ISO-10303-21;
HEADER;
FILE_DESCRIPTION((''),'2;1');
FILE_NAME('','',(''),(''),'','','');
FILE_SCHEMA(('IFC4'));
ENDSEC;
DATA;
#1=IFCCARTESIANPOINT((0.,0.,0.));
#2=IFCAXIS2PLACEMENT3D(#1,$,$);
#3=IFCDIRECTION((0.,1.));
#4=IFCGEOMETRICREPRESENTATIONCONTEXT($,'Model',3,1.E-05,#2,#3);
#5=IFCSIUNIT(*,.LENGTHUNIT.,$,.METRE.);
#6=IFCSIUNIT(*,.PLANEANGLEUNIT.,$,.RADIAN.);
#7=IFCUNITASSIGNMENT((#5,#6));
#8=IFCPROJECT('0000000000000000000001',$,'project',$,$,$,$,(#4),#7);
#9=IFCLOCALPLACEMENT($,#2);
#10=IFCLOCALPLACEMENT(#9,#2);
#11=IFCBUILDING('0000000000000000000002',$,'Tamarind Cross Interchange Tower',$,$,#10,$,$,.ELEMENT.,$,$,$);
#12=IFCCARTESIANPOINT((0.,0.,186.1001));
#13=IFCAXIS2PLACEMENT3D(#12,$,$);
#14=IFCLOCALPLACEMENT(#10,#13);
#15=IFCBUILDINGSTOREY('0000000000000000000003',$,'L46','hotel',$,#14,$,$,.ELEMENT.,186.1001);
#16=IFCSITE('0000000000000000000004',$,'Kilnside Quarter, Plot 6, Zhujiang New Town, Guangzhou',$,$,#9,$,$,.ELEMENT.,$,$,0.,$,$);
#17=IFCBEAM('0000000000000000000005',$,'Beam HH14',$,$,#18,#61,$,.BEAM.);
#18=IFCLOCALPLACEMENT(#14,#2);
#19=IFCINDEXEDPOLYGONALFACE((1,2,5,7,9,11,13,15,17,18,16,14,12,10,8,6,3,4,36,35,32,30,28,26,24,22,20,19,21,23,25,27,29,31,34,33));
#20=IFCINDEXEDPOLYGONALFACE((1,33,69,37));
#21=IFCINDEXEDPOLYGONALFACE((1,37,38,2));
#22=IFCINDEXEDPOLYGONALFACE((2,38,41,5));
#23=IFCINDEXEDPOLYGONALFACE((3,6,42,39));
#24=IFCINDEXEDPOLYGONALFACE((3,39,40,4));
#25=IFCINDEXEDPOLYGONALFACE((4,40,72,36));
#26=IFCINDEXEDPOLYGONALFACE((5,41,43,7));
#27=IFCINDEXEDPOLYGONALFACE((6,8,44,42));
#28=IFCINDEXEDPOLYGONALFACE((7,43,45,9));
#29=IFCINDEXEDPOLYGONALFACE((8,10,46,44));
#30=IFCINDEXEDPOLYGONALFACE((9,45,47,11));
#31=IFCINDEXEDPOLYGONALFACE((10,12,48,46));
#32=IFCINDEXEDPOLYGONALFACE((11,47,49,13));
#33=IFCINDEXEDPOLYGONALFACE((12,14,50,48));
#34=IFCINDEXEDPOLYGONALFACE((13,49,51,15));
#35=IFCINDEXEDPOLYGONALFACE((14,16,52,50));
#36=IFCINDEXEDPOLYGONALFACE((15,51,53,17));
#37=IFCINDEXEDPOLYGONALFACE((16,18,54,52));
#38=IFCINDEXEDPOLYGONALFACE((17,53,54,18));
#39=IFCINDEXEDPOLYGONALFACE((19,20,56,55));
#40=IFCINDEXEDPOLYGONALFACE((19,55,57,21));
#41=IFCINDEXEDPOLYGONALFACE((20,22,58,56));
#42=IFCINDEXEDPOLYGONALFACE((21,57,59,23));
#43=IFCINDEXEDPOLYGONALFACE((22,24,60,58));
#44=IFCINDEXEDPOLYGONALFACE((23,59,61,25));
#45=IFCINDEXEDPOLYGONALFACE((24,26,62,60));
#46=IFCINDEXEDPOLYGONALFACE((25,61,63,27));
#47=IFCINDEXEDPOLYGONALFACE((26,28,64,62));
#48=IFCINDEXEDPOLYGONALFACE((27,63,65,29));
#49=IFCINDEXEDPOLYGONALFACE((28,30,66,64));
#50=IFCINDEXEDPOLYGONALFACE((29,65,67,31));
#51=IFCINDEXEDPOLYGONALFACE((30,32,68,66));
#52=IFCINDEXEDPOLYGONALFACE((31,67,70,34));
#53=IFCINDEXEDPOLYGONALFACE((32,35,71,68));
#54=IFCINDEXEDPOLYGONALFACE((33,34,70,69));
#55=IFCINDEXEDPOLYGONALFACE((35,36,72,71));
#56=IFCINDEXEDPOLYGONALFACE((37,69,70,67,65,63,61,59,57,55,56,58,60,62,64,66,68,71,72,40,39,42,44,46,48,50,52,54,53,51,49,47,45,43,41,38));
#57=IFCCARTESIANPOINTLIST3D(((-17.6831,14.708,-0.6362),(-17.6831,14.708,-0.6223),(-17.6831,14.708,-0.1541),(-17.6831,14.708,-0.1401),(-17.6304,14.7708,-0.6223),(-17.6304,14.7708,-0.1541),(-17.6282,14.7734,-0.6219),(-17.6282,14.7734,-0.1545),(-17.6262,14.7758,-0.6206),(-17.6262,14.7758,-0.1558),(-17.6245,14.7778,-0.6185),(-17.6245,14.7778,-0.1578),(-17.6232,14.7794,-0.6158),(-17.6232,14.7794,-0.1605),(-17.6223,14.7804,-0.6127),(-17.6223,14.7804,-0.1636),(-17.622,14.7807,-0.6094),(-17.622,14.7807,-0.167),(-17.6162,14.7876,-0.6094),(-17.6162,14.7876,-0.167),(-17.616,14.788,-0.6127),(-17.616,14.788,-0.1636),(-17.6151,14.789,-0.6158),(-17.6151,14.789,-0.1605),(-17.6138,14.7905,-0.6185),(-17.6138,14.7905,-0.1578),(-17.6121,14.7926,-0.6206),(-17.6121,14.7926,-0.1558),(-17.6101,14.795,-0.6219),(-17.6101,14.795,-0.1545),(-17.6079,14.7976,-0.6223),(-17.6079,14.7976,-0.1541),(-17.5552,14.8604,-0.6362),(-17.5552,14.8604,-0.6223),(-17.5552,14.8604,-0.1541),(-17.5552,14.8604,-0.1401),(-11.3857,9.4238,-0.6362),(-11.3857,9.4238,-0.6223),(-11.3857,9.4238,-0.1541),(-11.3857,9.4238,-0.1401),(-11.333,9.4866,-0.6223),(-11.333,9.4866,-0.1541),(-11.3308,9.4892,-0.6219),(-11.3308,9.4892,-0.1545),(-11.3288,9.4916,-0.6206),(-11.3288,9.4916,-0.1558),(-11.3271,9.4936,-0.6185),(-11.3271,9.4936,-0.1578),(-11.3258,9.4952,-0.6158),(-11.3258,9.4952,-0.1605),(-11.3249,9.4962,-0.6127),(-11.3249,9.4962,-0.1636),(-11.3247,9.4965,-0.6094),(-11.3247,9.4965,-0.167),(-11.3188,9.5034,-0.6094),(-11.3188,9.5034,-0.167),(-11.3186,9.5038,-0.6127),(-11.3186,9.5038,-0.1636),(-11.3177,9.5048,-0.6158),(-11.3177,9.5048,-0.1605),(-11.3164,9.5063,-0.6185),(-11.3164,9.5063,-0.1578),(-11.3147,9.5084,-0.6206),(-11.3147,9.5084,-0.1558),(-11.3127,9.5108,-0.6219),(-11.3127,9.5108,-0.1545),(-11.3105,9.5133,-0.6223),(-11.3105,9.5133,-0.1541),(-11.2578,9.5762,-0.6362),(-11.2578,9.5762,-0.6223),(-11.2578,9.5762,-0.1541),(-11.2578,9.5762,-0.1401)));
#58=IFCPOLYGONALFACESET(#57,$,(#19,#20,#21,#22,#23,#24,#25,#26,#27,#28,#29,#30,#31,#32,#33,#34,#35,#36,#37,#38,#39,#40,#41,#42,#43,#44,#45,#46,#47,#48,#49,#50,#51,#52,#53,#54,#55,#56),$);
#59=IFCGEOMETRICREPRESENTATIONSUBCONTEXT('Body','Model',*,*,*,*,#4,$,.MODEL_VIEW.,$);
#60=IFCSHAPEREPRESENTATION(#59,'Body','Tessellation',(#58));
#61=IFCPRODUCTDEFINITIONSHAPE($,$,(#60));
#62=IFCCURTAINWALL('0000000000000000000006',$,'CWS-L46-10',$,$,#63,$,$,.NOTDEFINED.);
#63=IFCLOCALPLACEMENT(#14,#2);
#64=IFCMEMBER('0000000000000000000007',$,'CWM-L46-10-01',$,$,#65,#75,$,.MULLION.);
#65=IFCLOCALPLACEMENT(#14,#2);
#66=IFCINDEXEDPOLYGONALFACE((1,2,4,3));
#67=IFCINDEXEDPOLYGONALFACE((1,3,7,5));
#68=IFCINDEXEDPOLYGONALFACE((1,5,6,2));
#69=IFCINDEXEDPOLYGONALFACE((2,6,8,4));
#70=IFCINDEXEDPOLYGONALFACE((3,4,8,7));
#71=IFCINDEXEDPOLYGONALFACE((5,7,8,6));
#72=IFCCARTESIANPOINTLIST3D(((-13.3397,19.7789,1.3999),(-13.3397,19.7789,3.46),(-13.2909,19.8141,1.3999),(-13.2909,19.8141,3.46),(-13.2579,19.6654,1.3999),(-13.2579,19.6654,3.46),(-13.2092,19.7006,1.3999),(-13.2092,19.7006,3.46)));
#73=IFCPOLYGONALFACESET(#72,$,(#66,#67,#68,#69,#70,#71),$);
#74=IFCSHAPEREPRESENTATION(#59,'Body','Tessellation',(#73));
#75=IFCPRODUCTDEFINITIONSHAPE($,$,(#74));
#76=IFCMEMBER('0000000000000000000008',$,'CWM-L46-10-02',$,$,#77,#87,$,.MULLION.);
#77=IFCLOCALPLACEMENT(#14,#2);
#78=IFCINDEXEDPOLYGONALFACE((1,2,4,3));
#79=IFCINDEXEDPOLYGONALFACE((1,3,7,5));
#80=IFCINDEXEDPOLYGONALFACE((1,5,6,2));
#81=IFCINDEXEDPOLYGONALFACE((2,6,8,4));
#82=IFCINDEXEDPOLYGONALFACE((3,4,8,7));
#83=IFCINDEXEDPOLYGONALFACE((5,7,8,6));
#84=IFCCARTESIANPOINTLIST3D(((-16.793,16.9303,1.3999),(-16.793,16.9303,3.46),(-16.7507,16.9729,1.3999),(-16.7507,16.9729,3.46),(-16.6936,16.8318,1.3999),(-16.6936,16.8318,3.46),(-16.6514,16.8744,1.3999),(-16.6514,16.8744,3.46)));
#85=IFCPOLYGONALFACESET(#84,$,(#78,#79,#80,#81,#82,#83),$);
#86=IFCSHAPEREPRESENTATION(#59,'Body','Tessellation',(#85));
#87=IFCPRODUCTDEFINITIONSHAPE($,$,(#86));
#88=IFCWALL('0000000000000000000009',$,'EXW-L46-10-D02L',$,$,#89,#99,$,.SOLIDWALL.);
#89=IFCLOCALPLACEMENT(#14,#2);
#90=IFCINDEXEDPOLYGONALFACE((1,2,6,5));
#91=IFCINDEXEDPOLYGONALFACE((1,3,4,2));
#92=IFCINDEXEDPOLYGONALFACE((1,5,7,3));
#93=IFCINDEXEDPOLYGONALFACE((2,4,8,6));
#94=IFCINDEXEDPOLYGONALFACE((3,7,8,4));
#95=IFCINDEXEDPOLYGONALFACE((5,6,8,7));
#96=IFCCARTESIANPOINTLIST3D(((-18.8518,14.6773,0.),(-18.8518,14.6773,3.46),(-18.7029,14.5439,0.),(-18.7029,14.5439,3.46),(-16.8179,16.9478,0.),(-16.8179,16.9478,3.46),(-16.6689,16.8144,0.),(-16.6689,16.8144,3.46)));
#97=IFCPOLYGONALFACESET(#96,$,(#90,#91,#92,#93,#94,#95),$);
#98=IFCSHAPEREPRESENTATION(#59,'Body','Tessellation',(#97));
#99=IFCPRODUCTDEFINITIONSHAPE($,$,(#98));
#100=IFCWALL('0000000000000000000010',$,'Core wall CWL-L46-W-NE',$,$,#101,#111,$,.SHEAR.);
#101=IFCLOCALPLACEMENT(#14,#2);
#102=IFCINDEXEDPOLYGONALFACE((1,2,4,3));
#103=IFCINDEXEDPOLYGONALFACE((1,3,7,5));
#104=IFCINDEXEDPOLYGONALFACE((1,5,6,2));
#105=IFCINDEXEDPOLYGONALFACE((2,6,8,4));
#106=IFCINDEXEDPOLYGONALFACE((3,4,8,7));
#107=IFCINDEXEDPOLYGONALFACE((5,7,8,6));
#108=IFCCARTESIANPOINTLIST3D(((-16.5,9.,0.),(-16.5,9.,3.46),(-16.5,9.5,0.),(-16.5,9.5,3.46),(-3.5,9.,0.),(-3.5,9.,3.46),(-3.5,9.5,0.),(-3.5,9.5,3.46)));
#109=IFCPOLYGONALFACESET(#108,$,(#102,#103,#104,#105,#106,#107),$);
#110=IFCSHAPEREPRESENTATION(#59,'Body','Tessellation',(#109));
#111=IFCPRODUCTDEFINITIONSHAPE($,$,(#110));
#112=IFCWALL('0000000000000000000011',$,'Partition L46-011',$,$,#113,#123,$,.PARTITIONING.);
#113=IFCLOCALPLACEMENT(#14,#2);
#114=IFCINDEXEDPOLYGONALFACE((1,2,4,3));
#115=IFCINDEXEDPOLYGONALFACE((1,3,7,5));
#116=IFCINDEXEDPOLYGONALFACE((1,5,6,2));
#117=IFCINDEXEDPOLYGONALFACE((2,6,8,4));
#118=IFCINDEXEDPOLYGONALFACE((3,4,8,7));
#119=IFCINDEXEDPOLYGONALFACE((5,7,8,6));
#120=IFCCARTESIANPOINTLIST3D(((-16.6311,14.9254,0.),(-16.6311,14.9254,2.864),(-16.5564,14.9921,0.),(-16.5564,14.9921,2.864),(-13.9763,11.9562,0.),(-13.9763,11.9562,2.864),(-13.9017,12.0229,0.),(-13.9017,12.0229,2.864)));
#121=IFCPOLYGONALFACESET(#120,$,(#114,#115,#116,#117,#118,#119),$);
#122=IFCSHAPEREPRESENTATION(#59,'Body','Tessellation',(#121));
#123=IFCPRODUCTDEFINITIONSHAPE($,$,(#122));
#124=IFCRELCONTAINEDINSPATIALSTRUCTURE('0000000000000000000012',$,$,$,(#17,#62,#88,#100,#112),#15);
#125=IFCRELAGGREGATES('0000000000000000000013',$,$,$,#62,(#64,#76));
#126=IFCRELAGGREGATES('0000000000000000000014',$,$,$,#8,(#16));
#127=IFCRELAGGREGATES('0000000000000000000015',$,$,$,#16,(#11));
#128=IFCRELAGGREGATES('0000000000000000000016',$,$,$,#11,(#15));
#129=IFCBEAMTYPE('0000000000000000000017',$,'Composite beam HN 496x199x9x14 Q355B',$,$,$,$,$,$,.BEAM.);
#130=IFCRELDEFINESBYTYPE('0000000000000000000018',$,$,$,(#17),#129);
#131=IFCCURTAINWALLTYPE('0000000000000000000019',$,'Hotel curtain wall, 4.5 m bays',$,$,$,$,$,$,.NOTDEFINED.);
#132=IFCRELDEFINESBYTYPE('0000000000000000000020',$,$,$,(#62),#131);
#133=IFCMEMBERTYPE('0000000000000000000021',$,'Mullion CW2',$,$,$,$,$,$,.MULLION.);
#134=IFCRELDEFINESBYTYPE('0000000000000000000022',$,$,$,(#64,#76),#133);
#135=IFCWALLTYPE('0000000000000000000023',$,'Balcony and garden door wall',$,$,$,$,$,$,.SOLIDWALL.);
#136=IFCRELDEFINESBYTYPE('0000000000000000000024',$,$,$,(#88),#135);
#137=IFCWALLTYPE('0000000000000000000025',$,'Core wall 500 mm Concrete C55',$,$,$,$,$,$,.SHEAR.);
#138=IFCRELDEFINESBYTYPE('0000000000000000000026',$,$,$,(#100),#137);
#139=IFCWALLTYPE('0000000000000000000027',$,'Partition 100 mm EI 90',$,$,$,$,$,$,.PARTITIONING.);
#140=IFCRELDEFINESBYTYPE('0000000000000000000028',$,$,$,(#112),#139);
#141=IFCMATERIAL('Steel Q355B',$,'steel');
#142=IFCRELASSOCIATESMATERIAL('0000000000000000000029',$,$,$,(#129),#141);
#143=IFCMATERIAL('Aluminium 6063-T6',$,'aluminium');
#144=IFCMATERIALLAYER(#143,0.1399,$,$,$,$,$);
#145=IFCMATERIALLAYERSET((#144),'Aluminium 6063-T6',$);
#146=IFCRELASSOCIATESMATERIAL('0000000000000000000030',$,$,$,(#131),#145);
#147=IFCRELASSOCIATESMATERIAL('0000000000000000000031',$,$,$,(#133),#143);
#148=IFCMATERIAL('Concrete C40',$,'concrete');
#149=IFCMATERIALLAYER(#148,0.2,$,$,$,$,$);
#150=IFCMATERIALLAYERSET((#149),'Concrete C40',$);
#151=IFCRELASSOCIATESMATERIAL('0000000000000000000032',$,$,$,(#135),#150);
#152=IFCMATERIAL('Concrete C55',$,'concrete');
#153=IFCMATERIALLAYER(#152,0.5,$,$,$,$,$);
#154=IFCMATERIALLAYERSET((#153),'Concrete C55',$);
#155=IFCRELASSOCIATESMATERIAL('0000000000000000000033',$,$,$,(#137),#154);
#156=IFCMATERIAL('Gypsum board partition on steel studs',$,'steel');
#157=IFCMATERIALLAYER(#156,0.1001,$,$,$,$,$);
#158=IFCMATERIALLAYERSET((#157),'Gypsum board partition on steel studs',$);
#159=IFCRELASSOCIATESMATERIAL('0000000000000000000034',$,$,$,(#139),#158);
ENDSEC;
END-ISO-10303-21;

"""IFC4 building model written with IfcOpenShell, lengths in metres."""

from ifc_helpers import new_model, si_unit, direction, frame, frame_2d, origin, origin_2d, place, context, subcontext, project, spatial, rectangle, i_section, extrude, material, layer, layer_set, material_profile, profile_set, type_object, element, aggregate, save


model = new_model("IFC4")

# Units and contexts
model_context = context("Model", 3, precision=1e-05, world=origin(), true_north=direction((0.0, 1.0)))
body_context = subcontext(model_context, "Body", "Model", "MODEL_VIEW")
ifc_project = project(units=[si_unit("LENGTHUNIT", "METRE"), si_unit("PLANEANGLEUNIT", "RADIAN")], contexts=[model_context])

# Site, building, storey
site_placement = place(None, origin())
site = spatial("IfcSite", under=ifc_project, at=site_placement, Name="Kilnside Quarter, Plot 6, Zhujiang New Town, Guangzhou", CompositionType="ELEMENT", RefElevation=0.0)
building_placement = place(site_placement, origin())
building = spatial("IfcBuilding", under=site, at=building_placement, Name="Tamarind Cross Interchange Tower", CompositionType="ELEMENT")
storey_placement = place(building_placement, frame((0.0, 0.0, 186.1001)))
storey = spatial("IfcBuildingStorey", under=building, at=storey_placement, Name="L46", Description="hotel", CompositionType="ELEMENT", Elevation=186.1001)

# Shared definitions
ifc_material_1 = material(Name="Concrete C55", Category="concrete")

# Beam
ifc_material_2 = material(Name="Steel Q355B", Category="steel")
ifc_material_profile_1 = material_profile(ifc_material_2, i_section(OverallWidth=0.199, OverallDepth=0.4961, WebThickness=0.009, FlangeThickness=0.0139, FilletRadius=0.0129, at=origin_2d()), Name="HN 496x199x9x14")
ifc_profile_set_1 = profile_set([ifc_material_profile_1], Name="Steel Q355B")
beam_type = type_object("IfcBeamType", Name="Composite beam HN 496x199x9x14 Q355B", PredefinedType="BEAM", material=ifc_profile_set_1)
beam_1_placement = place(storey_placement, frame((-17.6191, 14.7842, -0.3882), z_axis=(0.766041, -0.642792, 0.0), x_axis=(0.642792, 0.766041, 0.0)))
element("IfcBeam", 1, at=beam_1_placement, inside=storey, type_object=beam_type, Name="Beam HH14", PredefinedType="BEAM", context=body_context, shape_type="SweptSolid", body=[
    extrude(i_section(OverallWidth=0.199, OverallDepth=0.4961, WebThickness=0.009, FlangeThickness=0.0139, FilletRadius=0.0129, at=origin_2d()), origin(), (0.0, 0.0, 1.0), 8.2207),
])

# Curtain wall, members
ifc_material_3 = material(Name="Aluminium 6063-T6", Category="aluminium")
ifc_layer_1 = layer(ifc_material_3, 0.1399)
ifc_layer_set_1 = layer_set([ifc_layer_1], Name="Aluminium 6063-T6")
curtain_wall_type = type_object("IfcCurtainWallType", Name="Hotel curtain wall, 4.5 m bays", PredefinedType="NOTDEFINED", material=ifc_layer_set_1)
curtain_wall_placement = place(storey_placement, origin())
curtain_wall = element("IfcCurtainWall", 2, at=curtain_wall_placement, inside=storey, type_object=curtain_wall_type, Name="CWS-L46-10", PredefinedType="NOTDEFINED")
ifc_material_profile_2 = material_profile(ifc_material_3, rectangle(XDim=0.0601, YDim=0.1399, at=origin_2d()), Name="Mullion CW2")
ifc_profile_set_2 = profile_set([ifc_material_profile_2], Name="Aluminium 6063-T6")
member_type = type_object("IfcMemberType", Name="Mullion CW2", PredefinedType="MULLION", material=ifc_profile_set_2)
member_1_placement = place(storey_placement, frame((-13.2744, 19.7397, 1.3999), z_axis=(0.0, 0.0, 1.0), x_axis=(-0.81134, -0.584574, 0.0)))
member_1 = element("IfcMember", 3, at=member_1_placement, type_object=member_type, Name="CWM-L46-10-01", PredefinedType="MULLION", context=body_context, shape_type="SweptSolid", body=[
    extrude(rectangle(XDim=0.0601, YDim=0.1399, at=origin_2d()), origin(), (0.0, 0.0, 1.0), 2.0601),
])
member_2_placement = place(storey_placement, frame((-16.7222, 16.9023, 1.3999), z_axis=(0.0, 0.0, 1.0), x_axis=(-0.704057, -0.710143, 0.0)))
member_2 = element("IfcMember", 4, at=member_2_placement, type_object=member_type, Name="CWM-L46-10-02", PredefinedType="MULLION", context=body_context, shape_type="SweptSolid", body=[
    extrude(rectangle(XDim=0.0601, YDim=0.1399, at=origin_2d()), origin(), (0.0, 0.0, 1.0), 2.0601),
])
aggregate(curtain_wall, [member_1, member_2])

# Wall
ifc_material_4 = material(Name="Concrete C40", Category="concrete")
ifc_layer_2 = layer(ifc_material_4, 0.2)
ifc_layer_set_2 = layer_set([ifc_layer_2], Name="Concrete C40")
wall_type_1 = type_object("IfcWallType", Name="Balcony and garden door wall", PredefinedType="SOLIDWALL", material=ifc_layer_set_2)
wall_1_placement = place(storey_placement, frame((-16.7434, 16.8811, 0.0), z_axis=(0.0, 0.0, 1.0), x_axis=(-0.667237, -0.744845, 0.0)))
element("IfcWall", 5, at=wall_1_placement, inside=storey, type_object=wall_type_1, Name="EXW-L46-10-D02L", PredefinedType="SOLIDWALL", context=body_context, shape_type="SweptSolid", body=[
    extrude(rectangle(XDim=3.0483, YDim=0.2, at=frame_2d((1.5242, 0.0))), origin(), (0.0, 0.0, 1.0), 3.46),
])

# Walls
ifc_layer_3 = layer(ifc_material_1, 0.5)
ifc_layer_set_3 = layer_set([ifc_layer_3], Name="Concrete C55")
wall_type_2 = type_object("IfcWallType", Name="Core wall 500 mm Concrete C55", PredefinedType="SHEAR", material=ifc_layer_set_3)
wall_2_placement = place(storey_placement, frame((-16.5, 9.25, 0.0), z_axis=(0.0, 0.0, 1.0), x_axis=(1.0, 0.0, 0.0)))
element("IfcWall", 6, at=wall_2_placement, inside=storey, type_object=wall_type_2, Name="Core wall CWL-L46-W-NE", PredefinedType="SHEAR", context=body_context, shape_type="SweptSolid", body=[
    extrude(rectangle(XDim=13.0, YDim=0.5, at=frame_2d((6.5, 0.0))), origin(), (0.0, 0.0, 1.0), 3.46),
])
ifc_material_5 = material(Name="Gypsum board partition on steel studs", Category="steel")
ifc_layer_4 = layer(ifc_material_5, 0.1001)
ifc_layer_set_4 = layer_set([ifc_layer_4], Name="Gypsum board partition on steel studs")
wall_type_3 = type_object("IfcWallType", Name="Partition 100 mm EI 90", PredefinedType="PARTITIONING", material=ifc_layer_set_4)
wall_3_placement = place(storey_placement, frame((-16.5938, 14.9587, 0.0), z_axis=(0.0, 0.0, 1.0), x_axis=(0.66653, -0.745479, 0.0)))
element("IfcWall", 7, at=wall_3_placement, inside=storey, type_object=wall_type_3, Name="Partition L46-011", PredefinedType="PARTITIONING", context=body_context, shape_type="SweptSolid", body=[
    extrude(rectangle(XDim=3.9829, YDim=0.1001, at=frame_2d((1.9915, 0.0))), origin(), (0.0, 0.0, 1.0), 2.864),
])

save(model, "model.ifc")
